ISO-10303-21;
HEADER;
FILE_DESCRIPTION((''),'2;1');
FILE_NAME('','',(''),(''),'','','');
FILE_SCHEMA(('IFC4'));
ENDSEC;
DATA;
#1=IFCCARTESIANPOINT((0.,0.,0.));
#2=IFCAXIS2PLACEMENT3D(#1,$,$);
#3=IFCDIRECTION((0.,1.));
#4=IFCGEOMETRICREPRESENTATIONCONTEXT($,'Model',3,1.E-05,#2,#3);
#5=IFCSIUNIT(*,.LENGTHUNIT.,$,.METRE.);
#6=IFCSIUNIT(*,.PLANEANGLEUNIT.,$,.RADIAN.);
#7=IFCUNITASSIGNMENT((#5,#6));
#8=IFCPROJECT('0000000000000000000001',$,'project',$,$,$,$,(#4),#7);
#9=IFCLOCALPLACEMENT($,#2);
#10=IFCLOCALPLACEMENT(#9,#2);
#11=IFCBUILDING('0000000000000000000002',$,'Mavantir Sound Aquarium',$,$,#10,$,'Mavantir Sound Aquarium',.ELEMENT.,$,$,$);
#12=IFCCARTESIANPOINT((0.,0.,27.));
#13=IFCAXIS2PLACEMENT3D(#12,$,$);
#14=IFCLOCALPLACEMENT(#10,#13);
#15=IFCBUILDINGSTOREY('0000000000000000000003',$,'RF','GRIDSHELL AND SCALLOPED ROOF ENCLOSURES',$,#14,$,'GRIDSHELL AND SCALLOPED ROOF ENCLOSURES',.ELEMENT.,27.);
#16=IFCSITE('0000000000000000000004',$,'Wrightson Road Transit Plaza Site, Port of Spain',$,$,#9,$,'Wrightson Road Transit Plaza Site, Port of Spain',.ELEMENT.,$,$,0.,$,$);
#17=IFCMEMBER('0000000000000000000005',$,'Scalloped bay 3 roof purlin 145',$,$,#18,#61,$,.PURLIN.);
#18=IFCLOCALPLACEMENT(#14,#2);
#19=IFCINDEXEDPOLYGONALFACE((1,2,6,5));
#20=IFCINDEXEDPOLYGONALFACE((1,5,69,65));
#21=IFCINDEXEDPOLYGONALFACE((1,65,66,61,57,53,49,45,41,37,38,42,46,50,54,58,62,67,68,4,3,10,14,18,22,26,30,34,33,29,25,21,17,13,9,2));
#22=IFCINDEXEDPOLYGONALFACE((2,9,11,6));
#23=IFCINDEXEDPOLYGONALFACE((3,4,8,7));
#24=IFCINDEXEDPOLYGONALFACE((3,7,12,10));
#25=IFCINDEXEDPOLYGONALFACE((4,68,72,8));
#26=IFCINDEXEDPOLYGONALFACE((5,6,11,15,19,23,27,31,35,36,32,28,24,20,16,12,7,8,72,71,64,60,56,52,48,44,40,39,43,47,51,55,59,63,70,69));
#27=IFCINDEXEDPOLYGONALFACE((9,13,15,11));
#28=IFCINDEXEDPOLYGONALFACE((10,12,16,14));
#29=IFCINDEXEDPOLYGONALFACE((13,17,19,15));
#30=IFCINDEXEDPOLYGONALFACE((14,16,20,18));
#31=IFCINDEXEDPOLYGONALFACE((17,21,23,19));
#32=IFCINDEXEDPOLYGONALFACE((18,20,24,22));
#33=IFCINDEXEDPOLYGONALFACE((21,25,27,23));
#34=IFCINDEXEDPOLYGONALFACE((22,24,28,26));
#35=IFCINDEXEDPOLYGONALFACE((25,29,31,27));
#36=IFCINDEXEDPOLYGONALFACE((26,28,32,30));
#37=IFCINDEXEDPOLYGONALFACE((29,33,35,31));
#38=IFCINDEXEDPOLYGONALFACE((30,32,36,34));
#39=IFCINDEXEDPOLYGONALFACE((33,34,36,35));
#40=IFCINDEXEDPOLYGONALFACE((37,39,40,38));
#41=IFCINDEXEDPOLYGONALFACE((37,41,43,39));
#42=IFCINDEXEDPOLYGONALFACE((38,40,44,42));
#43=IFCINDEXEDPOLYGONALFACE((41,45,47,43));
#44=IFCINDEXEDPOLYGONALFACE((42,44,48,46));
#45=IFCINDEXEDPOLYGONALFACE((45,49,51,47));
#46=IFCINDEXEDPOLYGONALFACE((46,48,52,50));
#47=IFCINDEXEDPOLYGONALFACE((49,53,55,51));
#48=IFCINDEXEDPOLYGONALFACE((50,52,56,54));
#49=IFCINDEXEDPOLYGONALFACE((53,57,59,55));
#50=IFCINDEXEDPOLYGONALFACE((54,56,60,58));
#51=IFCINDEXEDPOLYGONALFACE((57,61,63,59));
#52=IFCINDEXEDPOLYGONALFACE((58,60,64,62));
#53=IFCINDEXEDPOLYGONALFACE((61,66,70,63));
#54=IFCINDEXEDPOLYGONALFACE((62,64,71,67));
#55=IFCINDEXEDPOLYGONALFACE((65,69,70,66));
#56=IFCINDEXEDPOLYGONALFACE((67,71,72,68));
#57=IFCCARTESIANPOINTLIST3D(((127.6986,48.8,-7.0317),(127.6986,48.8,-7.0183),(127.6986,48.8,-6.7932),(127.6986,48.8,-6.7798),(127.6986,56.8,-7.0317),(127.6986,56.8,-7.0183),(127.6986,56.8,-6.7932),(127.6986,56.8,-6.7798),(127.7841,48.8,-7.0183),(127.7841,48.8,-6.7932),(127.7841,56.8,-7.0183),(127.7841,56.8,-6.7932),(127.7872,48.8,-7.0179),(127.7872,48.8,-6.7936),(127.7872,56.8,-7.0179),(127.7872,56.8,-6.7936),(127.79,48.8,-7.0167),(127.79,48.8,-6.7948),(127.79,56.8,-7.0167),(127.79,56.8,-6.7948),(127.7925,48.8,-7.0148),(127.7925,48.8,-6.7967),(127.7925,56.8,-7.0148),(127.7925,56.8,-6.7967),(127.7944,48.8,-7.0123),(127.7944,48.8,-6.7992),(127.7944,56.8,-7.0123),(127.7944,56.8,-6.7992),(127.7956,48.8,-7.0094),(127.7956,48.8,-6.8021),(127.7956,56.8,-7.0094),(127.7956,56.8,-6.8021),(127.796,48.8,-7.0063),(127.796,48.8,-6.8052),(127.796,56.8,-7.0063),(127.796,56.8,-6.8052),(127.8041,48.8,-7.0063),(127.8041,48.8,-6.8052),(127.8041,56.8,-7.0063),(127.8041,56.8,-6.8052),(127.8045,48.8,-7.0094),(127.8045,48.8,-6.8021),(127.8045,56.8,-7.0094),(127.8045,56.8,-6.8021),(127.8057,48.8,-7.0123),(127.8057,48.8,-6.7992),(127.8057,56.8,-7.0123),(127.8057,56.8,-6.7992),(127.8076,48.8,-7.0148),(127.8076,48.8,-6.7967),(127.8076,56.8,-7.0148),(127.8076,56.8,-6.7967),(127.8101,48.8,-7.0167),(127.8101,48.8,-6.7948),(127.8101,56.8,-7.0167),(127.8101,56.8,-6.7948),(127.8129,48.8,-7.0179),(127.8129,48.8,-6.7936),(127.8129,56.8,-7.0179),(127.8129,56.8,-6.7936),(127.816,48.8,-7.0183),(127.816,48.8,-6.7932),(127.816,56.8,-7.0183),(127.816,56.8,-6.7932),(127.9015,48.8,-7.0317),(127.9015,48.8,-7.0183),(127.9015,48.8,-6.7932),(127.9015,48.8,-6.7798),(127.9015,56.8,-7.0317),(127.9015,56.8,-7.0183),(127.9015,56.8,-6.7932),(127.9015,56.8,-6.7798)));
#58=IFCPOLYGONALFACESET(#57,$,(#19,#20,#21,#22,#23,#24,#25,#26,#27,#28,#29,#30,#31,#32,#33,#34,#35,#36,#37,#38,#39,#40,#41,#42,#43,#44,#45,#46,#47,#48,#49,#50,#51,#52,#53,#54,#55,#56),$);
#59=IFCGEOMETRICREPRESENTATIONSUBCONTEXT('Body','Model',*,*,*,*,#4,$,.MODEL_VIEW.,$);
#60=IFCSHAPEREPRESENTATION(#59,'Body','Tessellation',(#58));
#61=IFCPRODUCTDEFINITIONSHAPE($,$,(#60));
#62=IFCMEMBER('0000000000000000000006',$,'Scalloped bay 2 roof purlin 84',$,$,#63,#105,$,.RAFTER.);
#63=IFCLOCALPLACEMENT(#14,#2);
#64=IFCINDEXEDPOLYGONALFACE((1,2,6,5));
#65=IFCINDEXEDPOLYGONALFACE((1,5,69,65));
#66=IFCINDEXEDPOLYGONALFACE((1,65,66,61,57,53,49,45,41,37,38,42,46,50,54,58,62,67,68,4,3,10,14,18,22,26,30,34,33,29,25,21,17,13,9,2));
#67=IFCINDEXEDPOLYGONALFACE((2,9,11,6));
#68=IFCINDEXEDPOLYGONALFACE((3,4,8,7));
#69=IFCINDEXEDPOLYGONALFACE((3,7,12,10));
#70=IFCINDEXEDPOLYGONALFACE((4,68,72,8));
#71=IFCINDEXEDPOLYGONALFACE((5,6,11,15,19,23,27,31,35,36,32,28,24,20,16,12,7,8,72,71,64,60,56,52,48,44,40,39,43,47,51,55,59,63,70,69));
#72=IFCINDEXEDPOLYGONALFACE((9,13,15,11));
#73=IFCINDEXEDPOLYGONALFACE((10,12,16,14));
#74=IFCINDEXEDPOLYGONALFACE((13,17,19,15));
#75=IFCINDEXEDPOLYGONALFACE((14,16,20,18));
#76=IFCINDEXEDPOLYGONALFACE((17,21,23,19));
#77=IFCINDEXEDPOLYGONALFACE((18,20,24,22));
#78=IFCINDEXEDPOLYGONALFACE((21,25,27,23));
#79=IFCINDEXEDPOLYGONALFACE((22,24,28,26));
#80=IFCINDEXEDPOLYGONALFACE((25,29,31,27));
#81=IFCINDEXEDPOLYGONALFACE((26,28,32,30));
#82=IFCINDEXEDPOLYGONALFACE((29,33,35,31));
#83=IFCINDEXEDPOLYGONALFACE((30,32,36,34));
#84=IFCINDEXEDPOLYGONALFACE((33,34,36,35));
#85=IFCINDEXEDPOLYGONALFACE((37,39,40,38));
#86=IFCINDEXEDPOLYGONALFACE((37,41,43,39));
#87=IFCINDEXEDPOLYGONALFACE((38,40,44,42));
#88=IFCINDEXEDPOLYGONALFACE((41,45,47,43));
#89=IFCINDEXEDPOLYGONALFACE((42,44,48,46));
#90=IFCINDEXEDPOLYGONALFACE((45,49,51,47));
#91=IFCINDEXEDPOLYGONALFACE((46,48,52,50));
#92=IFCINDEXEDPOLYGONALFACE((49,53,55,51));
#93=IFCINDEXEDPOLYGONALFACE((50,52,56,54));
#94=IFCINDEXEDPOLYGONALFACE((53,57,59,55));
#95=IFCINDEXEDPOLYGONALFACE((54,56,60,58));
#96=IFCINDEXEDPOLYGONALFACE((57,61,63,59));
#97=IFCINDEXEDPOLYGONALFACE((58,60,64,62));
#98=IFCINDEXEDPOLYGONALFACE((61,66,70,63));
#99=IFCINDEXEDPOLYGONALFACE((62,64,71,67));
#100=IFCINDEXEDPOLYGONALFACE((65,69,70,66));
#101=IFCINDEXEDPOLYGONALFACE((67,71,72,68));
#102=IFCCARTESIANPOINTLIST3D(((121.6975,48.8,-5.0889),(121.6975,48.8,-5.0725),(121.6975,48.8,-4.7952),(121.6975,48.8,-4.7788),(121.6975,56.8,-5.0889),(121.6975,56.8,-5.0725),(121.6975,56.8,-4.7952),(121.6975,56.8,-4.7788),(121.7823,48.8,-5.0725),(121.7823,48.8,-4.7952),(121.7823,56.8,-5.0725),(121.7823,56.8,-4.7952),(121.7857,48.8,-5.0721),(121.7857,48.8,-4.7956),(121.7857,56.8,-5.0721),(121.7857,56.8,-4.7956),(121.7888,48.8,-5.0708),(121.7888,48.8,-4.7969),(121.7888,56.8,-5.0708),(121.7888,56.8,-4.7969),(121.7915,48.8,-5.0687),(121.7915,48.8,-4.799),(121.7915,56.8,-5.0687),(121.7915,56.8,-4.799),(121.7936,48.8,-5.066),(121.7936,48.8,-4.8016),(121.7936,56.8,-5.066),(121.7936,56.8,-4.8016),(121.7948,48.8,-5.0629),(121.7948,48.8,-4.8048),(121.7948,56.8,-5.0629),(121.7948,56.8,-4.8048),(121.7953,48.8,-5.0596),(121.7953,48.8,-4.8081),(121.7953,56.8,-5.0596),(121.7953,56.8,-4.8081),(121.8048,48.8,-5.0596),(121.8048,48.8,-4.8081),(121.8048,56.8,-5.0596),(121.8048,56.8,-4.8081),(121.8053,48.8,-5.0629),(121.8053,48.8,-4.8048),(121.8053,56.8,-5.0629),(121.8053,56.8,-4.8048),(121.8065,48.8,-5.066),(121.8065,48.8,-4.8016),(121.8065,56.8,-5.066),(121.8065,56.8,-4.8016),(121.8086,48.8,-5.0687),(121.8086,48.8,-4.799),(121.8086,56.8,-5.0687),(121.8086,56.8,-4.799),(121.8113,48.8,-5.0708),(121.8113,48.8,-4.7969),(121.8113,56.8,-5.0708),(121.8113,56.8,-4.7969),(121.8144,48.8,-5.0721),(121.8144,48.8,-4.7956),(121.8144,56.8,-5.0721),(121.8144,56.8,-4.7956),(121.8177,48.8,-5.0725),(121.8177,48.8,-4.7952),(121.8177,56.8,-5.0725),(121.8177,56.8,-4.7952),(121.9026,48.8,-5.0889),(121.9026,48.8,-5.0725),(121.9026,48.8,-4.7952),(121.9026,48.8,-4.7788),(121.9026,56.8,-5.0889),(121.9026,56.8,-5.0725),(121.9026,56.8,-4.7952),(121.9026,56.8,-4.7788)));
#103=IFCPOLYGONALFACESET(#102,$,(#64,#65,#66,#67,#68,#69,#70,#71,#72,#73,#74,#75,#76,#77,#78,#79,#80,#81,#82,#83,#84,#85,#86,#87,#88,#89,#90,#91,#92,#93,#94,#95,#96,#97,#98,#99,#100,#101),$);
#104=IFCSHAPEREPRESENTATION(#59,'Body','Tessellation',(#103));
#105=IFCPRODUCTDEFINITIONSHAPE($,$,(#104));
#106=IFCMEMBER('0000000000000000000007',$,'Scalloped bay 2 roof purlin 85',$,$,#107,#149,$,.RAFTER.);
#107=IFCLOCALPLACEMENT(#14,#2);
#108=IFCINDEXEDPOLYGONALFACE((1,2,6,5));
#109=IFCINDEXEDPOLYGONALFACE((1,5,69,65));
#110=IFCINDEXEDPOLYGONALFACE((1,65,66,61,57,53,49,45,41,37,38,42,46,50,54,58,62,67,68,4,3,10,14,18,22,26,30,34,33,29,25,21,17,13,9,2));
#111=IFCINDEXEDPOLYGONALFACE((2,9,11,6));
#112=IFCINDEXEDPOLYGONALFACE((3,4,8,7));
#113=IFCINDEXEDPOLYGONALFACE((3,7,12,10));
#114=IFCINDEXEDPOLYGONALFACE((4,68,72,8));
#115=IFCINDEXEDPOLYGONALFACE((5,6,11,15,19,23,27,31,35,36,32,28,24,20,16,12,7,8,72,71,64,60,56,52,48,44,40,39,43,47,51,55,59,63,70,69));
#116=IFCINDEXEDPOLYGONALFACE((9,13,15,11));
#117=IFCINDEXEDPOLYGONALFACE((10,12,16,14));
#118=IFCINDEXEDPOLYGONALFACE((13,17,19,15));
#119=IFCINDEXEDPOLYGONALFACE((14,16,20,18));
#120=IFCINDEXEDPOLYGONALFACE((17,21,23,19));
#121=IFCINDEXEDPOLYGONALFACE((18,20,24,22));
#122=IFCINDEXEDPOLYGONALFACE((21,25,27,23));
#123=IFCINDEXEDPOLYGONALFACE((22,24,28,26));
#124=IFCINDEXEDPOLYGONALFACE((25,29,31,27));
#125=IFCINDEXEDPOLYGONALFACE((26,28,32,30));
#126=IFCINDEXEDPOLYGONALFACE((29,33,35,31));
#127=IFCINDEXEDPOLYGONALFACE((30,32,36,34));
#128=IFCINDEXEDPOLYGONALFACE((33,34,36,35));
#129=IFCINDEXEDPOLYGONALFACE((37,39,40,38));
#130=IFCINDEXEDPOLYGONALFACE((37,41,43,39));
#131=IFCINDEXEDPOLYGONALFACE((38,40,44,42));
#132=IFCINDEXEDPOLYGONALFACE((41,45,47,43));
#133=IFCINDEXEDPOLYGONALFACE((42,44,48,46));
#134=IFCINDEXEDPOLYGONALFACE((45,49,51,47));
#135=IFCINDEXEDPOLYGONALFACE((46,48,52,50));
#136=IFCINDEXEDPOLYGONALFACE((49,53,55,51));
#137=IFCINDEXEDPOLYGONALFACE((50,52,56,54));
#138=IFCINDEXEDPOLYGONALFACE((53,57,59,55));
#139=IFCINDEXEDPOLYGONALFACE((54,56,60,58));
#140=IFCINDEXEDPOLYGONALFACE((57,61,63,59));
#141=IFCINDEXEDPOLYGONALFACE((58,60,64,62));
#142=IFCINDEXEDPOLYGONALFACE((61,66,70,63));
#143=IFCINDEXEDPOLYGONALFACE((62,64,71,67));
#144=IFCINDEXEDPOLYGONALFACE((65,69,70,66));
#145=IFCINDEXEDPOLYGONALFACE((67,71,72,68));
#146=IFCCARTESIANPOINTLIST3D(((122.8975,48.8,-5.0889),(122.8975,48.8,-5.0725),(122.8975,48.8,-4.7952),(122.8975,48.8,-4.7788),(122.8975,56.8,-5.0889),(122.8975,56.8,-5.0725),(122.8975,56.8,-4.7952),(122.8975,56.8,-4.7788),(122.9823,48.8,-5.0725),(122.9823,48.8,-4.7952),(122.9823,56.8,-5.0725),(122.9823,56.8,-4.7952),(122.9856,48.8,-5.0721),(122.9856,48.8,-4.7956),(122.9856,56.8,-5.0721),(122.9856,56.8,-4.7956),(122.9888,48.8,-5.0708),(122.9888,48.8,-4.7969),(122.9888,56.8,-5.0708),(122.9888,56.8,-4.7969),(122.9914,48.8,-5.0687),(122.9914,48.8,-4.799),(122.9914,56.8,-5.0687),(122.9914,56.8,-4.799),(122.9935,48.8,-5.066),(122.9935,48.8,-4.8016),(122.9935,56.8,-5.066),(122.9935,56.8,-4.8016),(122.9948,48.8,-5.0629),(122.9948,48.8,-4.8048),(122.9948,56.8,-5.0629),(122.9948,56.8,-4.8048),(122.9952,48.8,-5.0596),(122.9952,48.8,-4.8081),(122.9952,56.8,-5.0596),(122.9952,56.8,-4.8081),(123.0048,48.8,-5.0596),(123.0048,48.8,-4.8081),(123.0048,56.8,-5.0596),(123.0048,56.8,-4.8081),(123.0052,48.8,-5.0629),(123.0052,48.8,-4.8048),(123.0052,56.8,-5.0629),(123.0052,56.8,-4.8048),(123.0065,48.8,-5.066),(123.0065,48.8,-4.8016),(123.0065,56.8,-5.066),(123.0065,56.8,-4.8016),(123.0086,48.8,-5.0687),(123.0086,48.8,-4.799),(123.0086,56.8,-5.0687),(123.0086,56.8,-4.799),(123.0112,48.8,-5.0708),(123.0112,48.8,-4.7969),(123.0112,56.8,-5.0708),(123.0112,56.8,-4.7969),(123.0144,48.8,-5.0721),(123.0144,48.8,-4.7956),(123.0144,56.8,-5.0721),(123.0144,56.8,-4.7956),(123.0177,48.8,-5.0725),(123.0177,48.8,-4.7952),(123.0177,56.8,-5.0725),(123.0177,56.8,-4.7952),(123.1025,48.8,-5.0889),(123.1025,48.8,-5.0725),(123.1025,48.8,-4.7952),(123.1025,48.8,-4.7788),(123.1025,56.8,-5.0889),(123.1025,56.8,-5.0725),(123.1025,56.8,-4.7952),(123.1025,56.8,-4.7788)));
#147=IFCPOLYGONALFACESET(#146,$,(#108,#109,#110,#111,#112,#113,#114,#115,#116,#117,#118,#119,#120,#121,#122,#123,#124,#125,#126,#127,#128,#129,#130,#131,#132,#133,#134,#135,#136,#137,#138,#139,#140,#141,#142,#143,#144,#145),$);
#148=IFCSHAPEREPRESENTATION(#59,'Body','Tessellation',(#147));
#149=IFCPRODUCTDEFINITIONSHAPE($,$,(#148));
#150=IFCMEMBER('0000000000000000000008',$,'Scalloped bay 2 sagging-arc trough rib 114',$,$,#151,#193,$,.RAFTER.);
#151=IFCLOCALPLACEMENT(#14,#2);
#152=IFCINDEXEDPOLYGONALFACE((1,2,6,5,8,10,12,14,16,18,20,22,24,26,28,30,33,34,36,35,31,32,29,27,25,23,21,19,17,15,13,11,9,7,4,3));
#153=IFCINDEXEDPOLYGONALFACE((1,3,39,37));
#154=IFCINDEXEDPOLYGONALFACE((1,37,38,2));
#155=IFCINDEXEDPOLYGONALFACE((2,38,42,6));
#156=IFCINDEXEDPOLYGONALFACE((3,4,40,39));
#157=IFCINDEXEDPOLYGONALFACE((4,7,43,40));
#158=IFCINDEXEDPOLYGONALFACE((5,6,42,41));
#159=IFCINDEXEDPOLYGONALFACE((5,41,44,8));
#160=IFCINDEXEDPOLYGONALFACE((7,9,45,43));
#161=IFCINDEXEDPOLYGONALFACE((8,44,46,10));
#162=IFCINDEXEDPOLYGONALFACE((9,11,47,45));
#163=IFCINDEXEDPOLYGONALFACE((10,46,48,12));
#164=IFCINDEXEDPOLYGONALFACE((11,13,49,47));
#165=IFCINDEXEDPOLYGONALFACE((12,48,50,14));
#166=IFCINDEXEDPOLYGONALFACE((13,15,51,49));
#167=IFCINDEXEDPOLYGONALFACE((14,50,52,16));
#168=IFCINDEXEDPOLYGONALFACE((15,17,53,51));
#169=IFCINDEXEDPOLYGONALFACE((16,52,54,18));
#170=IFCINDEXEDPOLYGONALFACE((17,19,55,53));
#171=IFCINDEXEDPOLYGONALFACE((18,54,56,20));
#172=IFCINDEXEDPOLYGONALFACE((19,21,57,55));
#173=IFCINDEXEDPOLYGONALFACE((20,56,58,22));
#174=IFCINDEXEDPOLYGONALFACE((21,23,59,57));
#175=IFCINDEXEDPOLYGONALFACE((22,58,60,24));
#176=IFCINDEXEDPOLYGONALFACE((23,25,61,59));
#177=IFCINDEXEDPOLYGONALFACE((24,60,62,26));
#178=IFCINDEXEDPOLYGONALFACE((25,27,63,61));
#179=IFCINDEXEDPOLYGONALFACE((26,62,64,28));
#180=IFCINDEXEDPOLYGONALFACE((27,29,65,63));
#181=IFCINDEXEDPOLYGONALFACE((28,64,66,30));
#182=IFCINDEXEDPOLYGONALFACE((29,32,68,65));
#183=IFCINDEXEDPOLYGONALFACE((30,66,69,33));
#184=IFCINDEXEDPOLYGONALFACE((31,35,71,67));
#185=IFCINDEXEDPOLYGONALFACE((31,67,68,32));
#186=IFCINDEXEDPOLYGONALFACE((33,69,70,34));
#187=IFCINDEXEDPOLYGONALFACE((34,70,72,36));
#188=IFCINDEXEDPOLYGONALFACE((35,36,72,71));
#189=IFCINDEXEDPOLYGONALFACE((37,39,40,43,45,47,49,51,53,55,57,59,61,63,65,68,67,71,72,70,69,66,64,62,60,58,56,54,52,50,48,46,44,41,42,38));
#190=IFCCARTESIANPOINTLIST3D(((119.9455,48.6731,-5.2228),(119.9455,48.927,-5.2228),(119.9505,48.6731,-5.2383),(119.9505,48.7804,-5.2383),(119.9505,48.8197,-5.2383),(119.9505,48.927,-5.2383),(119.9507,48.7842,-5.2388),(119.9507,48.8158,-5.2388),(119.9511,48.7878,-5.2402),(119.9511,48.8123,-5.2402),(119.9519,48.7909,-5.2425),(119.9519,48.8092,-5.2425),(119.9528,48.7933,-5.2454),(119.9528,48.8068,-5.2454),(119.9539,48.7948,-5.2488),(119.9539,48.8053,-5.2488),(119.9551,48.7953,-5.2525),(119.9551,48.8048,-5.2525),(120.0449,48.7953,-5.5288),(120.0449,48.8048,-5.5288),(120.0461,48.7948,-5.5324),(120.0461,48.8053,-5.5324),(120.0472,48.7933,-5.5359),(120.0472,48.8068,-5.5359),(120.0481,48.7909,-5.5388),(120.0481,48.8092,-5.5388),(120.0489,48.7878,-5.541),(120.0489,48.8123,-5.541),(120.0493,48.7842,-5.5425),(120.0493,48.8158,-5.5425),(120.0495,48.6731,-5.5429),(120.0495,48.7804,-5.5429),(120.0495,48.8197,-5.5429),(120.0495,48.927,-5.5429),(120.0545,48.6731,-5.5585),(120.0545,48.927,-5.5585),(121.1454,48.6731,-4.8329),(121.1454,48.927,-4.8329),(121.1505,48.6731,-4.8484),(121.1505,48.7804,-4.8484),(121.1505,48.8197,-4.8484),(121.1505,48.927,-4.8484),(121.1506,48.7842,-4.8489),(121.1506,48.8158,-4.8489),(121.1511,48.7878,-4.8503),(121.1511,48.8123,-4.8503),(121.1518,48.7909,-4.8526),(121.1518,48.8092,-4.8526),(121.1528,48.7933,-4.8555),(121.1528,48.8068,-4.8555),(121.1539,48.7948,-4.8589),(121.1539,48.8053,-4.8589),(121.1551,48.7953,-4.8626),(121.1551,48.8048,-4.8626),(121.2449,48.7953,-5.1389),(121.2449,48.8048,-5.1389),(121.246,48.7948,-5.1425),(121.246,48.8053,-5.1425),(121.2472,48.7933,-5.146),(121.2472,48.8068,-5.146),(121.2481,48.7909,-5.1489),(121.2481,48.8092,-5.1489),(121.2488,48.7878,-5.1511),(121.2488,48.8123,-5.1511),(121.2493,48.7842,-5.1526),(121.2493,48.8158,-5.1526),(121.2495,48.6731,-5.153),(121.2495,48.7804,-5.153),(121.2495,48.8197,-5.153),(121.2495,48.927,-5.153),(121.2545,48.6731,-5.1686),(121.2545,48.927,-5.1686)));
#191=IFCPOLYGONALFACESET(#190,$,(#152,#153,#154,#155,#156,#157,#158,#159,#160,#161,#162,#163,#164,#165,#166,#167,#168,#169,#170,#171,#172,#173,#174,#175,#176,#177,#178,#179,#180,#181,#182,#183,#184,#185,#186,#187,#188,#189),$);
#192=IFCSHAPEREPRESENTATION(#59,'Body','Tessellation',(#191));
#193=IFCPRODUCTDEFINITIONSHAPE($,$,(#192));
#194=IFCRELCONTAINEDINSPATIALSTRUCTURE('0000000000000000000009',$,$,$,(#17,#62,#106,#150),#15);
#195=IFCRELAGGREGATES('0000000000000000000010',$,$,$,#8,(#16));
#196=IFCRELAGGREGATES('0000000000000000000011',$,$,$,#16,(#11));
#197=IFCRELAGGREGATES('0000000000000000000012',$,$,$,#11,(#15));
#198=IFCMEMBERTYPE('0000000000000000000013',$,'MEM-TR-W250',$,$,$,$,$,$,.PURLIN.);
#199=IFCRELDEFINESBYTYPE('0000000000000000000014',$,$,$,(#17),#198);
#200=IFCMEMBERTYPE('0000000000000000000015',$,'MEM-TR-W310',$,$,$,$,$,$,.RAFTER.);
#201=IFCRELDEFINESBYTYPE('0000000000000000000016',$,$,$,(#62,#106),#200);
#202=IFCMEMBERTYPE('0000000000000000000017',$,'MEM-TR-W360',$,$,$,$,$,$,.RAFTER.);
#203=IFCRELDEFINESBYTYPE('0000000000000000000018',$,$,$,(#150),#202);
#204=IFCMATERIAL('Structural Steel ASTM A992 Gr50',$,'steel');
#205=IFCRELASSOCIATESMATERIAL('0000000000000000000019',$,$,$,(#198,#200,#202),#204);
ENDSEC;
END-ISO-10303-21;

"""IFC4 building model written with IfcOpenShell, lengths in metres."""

from ifc_helpers import new_model, si_unit, direction, frame, origin, origin_2d, place, context, subcontext, project, spatial, i_section, extrude, material, material_profile, profile_set, type_object, element, save


model = new_model("IFC4")

# Units and contexts
model_context = context("Model", 3, precision=1e-05, world=origin(), true_north=direction((0.0, 1.0)))
body_context = subcontext(model_context, "Body", "Model", "MODEL_VIEW")
ifc_project = project(units=[si_unit("LENGTHUNIT", "METRE"), si_unit("PLANEANGLEUNIT", "RADIAN")], contexts=[model_context])

# Site, building, storey
site_placement = place(None, origin())
site = spatial("IfcSite", under=ifc_project, at=site_placement, Name="Wrightson Road Transit Plaza Site, Port of Spain", LongName="Wrightson Road Transit Plaza Site, Port of Spain", CompositionType="ELEMENT", RefElevation=0.0)
building_placement = place(site_placement, origin())
building = spatial("IfcBuilding", under=site, at=building_placement, Name="Mavantir Sound Aquarium", LongName="Mavantir Sound Aquarium", CompositionType="ELEMENT")
storey_placement = place(building_placement, frame((0.0, 0.0, 27.0)))
storey = spatial("IfcBuildingStorey", under=building, at=storey_placement, Name="RF", Description="GRIDSHELL AND SCALLOPED ROOF ENCLOSURES", LongName="GRIDSHELL AND SCALLOPED ROOF ENCLOSURES", CompositionType="ELEMENT", Elevation=27.0)

# Shared definitions
ifc_material_1 = material(Name="Structural Steel ASTM A992 Gr50", Category="steel")

# Members
ifc_material_profile_1 = material_profile(ifc_material_1, i_section(OverallWidth=0.2029, OverallDepth=0.252, WebThickness=0.0081, FlangeThickness=0.0134, FilletRadius=0.012, at=origin_2d()), Name="W250X58")
ifc_profile_set_1 = profile_set([ifc_material_profile_1], Name="Structural Steel ASTM A992 Gr50")
member_type_1 = type_object("IfcMemberType", Name="MEM-TR-W250", PredefinedType="PURLIN", material=ifc_profile_set_1)
for number, where, z_axis, x_axis, name in (
    (1, (127.8, 48.8, -6.9058), (0.0, 1.0, 0.0), (-1.0, 0.0, 0.0), "Scalloped bay 3 roof purlin 145"),
):
    element("IfcMember", number, at=place(storey_placement, frame(where, z_axis=z_axis, x_axis=x_axis)), inside=storey, type_object=member_type_1, Name=name, PredefinedType="PURLIN", context=body_context, shape_type="SweptSolid", body=[
        extrude(i_section(OverallWidth=0.2029, OverallDepth=0.252, WebThickness=0.0081, FlangeThickness=0.0134, FilletRadius=0.012, at=origin_2d()), origin(), (0.0, 0.0, 1.0), 8.0),
    ])
ifc_material_profile_2 = material_profile(ifc_material_1, i_section(OverallWidth=0.2051, OverallDepth=0.3101, WebThickness=0.0095, FlangeThickness=0.0164, FilletRadius=0.0129, at=origin_2d()), Name="W310X74")
ifc_profile_set_2 = profile_set([ifc_material_profile_2], Name="Structural Steel ASTM A992 Gr50")
member_type_2 = type_object("IfcMemberType", Name="MEM-TR-W310", PredefinedType="RAFTER", material=ifc_profile_set_2)
for number, where, z_axis, x_axis, name in (
    (2, (121.8, 48.8, -4.9338), (0.0, 1.0, 0.0), (-1.0, 0.0, 0.0), "Scalloped bay 2 roof purlin 84"),
    (3, (123.0, 48.8, -4.9338), (0.0, 1.0, 0.0), (-1.0, 0.0, 0.0), "Scalloped bay 2 roof purlin 85"),
):
    element("IfcMember", number, at=place(storey_placement, frame(where, z_axis=z_axis, x_axis=x_axis)), inside=storey, type_object=member_type_2, Name=name, PredefinedType="RAFTER", context=body_context, shape_type="SweptSolid", body=[
        extrude(i_section(OverallWidth=0.2051, OverallDepth=0.3101, WebThickness=0.0095, FlangeThickness=0.0164, FilletRadius=0.0129, at=origin_2d()), origin(), (0.0, 0.0, 1.0), 8.0),
    ])
ifc_material_profile_3 = material_profile(ifc_material_1, i_section(OverallWidth=0.2539, OverallDepth=0.353, WebThickness=0.0095, FlangeThickness=0.0164, FilletRadius=0.0149, at=origin_2d()), Name="W360X91")
ifc_profile_set_3 = profile_set([ifc_material_profile_3], Name="Structural Steel ASTM A992 Gr50")
member_type_3 = type_object("IfcMemberType", Name="MEM-TR-W360", PredefinedType="RAFTER", material=ifc_profile_set_3)
member_1_placement = place(storey_placement, frame((120.0, 48.8, -5.3906), z_axis=(0.951055, 0.0, 0.30902), x_axis=(0.0, 1.0, 0.0)))
element("IfcMember", 4, at=member_1_placement, inside=storey, type_object=member_type_3, Name="Scalloped bay 2 sagging-arc trough rib 114", PredefinedType="RAFTER", context=body_context, shape_type="SweptSolid", body=[
    extrude(i_section(OverallWidth=0.2539, OverallDepth=0.353, WebThickness=0.0095, FlangeThickness=0.0164, FilletRadius=0.0149, at=origin_2d()), origin(), (0.0, 0.0, 1.0), 1.2617),
])

save(model, "model.ifc")
